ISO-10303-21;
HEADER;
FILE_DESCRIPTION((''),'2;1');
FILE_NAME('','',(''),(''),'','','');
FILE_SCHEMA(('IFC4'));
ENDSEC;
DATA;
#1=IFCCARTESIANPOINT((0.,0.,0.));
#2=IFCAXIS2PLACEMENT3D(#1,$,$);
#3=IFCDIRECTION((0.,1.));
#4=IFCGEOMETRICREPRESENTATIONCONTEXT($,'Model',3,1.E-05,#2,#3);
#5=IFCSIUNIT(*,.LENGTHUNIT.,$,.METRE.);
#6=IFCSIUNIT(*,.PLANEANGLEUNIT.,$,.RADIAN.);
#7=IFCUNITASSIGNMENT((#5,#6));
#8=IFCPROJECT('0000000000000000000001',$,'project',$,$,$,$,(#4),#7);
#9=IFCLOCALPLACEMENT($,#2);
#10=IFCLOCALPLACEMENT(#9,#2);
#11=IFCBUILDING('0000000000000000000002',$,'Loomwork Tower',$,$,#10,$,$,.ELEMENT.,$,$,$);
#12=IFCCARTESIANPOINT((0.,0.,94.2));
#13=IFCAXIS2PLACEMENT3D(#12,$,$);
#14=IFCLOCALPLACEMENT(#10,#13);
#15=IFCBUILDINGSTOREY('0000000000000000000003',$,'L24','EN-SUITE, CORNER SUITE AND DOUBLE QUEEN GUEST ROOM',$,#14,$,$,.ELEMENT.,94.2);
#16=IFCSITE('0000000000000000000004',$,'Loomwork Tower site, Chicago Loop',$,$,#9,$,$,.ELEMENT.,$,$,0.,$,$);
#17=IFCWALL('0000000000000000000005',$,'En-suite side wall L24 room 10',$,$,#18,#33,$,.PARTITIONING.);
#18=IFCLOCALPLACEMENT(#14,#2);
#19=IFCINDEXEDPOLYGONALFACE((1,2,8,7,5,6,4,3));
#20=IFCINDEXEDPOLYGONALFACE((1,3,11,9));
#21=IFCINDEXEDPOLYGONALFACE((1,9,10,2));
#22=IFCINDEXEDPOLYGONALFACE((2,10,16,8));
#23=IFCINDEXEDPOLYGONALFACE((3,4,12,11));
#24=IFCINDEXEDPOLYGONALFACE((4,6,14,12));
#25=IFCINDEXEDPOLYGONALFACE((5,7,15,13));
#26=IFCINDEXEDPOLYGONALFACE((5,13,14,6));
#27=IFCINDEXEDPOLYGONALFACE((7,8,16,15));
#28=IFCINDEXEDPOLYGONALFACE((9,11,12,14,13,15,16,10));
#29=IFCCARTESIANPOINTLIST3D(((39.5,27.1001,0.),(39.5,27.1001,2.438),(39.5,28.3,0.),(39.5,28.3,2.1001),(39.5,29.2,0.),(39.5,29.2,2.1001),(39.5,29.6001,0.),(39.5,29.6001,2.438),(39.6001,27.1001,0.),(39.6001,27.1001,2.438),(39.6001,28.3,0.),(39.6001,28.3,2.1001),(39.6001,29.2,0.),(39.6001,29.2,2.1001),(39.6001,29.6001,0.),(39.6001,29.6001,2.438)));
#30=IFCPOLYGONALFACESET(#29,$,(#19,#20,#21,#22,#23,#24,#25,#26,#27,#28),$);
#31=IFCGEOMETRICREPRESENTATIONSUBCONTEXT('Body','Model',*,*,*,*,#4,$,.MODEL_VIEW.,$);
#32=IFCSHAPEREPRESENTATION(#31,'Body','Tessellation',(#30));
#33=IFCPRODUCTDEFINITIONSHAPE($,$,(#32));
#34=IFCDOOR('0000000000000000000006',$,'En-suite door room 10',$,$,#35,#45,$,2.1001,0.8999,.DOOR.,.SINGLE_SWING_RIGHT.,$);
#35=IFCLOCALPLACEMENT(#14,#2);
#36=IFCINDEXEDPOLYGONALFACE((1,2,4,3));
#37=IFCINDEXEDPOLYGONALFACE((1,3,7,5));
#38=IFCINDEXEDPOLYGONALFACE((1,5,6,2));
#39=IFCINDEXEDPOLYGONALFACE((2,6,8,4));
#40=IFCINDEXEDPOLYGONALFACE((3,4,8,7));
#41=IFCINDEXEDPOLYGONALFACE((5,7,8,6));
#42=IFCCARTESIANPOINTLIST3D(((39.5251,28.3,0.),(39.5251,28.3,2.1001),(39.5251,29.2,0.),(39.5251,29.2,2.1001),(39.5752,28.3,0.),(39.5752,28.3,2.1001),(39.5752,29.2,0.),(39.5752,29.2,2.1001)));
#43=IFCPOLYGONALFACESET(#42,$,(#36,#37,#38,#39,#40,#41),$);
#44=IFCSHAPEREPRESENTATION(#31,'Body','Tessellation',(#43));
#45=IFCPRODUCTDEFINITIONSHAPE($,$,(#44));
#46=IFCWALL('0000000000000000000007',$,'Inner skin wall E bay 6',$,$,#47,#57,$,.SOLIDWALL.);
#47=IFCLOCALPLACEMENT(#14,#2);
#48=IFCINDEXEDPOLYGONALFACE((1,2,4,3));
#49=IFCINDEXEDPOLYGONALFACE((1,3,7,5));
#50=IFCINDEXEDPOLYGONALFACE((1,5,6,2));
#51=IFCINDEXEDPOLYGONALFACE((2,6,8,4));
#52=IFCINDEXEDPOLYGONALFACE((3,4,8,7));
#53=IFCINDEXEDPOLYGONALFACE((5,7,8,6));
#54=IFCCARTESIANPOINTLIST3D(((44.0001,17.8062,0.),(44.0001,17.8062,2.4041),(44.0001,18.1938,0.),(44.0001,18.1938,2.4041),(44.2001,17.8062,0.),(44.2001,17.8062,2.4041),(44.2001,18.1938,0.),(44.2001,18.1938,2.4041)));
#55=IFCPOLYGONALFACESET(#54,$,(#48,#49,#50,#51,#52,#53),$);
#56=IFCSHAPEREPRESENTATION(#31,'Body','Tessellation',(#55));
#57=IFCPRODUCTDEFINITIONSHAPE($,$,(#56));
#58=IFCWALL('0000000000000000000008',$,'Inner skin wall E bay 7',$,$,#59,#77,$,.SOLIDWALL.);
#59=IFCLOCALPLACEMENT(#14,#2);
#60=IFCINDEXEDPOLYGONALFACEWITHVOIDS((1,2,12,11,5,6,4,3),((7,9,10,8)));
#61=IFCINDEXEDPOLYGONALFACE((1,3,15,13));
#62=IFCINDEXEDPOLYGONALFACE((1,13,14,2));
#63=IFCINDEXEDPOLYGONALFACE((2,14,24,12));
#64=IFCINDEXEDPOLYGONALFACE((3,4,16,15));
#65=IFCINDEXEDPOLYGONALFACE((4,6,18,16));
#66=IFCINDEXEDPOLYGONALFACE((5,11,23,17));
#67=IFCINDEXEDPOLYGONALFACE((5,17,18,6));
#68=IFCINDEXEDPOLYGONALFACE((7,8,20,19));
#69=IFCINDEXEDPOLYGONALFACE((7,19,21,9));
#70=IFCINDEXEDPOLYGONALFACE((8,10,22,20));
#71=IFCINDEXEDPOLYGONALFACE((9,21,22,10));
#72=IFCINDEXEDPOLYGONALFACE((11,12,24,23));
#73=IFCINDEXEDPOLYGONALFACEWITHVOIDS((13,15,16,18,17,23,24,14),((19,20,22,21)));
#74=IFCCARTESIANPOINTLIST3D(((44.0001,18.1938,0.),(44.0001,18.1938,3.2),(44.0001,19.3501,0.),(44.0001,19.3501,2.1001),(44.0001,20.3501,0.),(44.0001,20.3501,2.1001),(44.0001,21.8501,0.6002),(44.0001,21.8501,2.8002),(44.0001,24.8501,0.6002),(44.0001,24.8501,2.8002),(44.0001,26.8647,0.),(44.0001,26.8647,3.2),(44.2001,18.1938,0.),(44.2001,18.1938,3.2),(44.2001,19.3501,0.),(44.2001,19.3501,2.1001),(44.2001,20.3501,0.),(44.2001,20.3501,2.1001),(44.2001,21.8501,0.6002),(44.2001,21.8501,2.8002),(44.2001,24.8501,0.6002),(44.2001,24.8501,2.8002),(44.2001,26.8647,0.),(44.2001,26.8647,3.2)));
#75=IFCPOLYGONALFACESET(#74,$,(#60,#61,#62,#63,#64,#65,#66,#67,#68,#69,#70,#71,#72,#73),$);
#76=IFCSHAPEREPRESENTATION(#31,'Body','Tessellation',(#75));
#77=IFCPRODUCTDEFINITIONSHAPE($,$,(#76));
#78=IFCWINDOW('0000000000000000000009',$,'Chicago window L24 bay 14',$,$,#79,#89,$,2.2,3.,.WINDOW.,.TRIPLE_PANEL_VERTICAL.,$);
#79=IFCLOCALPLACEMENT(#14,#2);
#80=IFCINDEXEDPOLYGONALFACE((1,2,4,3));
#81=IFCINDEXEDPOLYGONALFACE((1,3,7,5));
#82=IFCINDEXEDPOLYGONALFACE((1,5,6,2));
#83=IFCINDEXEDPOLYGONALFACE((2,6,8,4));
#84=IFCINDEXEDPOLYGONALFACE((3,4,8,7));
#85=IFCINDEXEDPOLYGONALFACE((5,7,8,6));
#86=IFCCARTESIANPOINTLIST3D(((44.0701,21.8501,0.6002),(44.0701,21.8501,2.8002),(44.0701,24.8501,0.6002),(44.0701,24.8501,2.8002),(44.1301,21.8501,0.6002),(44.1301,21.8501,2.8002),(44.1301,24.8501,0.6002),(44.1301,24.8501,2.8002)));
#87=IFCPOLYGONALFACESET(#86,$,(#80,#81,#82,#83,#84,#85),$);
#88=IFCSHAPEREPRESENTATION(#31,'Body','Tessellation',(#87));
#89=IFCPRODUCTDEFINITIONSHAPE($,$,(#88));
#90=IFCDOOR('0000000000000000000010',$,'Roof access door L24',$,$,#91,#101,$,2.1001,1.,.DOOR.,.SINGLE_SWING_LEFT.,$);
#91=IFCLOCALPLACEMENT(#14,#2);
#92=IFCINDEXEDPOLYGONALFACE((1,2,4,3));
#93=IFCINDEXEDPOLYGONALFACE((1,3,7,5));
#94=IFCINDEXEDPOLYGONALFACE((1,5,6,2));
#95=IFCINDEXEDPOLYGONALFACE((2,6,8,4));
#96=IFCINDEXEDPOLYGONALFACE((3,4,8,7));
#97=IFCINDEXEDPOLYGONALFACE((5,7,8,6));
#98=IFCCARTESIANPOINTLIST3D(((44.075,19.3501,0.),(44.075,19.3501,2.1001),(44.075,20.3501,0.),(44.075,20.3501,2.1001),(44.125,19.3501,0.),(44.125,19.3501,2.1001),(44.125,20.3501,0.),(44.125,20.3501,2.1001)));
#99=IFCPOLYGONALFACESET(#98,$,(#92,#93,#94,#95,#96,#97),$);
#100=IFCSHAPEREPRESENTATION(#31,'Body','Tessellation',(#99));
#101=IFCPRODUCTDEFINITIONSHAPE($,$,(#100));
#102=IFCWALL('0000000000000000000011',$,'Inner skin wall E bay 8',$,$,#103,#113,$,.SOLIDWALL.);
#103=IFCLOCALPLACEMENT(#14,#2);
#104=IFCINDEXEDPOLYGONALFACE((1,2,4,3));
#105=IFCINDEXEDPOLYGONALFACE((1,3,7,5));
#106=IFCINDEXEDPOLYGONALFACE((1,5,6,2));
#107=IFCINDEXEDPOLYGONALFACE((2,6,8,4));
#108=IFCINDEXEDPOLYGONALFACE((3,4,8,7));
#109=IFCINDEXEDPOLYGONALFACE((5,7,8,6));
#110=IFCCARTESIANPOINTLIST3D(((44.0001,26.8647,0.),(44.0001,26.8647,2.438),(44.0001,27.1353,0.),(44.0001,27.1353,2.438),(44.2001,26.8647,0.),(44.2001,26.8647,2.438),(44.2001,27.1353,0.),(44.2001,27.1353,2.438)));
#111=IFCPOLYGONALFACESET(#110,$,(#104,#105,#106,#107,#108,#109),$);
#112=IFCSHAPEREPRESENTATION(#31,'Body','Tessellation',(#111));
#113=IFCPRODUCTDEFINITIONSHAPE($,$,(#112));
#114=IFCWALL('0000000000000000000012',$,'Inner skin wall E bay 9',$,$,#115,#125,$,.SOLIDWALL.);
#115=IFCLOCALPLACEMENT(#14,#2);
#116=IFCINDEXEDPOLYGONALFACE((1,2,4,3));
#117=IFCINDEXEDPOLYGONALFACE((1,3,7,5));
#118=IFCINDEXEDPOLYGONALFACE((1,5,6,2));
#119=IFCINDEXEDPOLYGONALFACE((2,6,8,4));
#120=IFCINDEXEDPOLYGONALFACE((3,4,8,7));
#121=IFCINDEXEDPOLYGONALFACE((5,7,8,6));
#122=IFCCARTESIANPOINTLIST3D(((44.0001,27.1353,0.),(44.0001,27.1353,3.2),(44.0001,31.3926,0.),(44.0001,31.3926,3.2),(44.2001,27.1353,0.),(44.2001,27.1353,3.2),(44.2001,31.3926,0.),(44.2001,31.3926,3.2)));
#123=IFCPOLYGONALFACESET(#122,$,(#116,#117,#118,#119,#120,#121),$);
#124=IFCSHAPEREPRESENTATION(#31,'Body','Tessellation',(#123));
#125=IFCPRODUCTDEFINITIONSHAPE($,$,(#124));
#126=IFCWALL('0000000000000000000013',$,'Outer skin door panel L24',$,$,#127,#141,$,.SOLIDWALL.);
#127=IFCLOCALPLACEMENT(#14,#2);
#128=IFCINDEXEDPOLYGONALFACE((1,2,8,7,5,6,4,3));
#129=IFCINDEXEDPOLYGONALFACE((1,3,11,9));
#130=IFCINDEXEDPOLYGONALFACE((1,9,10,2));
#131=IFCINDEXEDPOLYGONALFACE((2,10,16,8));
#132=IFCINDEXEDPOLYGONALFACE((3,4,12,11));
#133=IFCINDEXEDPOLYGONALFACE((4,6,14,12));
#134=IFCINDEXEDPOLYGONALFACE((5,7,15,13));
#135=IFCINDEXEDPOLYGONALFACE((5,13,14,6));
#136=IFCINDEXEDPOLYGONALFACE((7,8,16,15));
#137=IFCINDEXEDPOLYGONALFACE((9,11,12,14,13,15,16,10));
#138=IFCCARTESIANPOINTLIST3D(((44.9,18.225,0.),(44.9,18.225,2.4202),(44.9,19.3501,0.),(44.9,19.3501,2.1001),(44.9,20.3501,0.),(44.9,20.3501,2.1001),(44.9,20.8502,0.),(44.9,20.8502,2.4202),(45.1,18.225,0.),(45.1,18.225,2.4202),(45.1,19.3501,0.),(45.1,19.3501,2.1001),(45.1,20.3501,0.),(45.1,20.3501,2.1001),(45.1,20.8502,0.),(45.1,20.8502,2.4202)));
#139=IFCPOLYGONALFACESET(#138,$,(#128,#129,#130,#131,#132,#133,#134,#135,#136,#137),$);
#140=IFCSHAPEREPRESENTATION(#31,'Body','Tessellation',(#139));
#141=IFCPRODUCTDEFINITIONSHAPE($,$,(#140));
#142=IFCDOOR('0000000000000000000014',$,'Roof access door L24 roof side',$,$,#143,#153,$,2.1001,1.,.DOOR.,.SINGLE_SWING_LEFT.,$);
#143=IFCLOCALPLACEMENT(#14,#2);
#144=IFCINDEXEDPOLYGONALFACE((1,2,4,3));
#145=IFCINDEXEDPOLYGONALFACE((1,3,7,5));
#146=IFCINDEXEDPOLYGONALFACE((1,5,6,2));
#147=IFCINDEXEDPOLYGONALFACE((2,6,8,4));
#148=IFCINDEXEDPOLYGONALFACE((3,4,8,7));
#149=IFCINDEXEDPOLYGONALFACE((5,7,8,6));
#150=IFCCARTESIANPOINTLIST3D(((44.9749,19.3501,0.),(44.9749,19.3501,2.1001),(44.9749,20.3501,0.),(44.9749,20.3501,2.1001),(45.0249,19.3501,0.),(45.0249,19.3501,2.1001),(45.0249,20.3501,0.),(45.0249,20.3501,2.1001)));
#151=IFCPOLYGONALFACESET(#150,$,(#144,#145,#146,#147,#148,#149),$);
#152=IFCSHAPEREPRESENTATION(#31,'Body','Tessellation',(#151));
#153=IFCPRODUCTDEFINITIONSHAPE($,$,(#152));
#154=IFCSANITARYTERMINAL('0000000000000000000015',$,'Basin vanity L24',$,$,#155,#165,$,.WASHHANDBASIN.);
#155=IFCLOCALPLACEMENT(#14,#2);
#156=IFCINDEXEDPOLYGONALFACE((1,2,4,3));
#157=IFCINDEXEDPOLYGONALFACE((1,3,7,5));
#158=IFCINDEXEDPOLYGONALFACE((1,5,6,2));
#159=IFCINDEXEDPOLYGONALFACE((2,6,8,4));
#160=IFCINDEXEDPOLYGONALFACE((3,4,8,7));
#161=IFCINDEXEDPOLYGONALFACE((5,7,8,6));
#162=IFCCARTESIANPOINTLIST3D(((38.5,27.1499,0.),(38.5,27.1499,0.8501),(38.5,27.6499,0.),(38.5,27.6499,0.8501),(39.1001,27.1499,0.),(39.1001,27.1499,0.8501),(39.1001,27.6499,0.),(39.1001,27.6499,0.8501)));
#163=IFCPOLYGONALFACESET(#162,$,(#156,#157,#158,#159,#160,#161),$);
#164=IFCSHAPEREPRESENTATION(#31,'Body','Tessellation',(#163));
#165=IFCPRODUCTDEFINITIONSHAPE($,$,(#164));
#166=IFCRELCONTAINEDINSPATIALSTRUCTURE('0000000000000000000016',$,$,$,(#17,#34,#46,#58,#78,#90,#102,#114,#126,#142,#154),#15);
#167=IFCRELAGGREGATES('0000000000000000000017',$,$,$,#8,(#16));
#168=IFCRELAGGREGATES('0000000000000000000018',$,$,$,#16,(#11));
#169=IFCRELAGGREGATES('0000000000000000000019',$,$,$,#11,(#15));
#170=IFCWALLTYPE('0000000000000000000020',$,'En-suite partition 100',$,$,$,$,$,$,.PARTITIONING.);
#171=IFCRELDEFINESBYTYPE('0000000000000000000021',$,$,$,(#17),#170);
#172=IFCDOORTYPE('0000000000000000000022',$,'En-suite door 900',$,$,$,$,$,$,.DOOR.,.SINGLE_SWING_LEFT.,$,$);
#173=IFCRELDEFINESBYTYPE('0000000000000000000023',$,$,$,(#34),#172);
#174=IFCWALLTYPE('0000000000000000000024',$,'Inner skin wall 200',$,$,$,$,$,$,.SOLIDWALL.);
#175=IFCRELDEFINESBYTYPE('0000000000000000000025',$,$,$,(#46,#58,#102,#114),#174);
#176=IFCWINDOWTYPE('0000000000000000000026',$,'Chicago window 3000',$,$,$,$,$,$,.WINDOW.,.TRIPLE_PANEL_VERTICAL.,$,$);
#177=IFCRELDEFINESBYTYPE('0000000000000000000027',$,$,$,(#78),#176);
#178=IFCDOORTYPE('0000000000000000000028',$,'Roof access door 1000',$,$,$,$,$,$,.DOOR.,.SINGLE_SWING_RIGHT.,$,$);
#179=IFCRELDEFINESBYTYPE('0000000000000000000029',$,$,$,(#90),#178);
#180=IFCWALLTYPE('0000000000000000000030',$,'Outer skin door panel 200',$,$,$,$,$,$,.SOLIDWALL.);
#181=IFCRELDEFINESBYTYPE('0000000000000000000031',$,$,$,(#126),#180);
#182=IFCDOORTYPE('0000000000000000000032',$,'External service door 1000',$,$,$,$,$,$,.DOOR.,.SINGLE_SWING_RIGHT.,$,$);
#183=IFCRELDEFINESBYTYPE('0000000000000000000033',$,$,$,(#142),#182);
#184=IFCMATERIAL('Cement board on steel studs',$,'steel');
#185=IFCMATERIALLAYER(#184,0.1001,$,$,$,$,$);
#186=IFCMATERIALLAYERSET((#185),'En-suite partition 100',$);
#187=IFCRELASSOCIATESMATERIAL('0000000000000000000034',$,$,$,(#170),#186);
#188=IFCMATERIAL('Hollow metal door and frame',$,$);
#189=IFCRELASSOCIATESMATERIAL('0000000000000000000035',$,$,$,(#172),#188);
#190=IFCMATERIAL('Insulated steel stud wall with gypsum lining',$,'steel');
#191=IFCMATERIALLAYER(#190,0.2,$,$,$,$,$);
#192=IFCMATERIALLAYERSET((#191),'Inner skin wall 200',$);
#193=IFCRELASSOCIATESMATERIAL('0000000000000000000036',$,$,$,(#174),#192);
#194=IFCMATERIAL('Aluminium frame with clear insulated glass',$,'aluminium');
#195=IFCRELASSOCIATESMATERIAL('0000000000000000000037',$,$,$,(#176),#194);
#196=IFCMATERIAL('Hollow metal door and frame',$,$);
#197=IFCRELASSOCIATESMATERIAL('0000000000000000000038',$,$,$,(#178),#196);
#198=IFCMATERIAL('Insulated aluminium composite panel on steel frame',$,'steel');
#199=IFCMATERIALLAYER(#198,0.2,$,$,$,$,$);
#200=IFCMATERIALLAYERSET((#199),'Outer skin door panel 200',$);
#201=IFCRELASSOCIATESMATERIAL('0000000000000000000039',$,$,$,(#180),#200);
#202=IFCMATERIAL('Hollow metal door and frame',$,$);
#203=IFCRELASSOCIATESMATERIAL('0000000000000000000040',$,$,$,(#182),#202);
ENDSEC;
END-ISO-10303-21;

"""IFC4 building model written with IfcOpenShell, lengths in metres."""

from ifc_helpers import new_model, si_unit, direction, frame, frame_2d, origin, origin_2d, place, context, subcontext, project, spatial, rectangle, extrude, material, layer, layer_set, type_object, element, fill, save


model = new_model("IFC4")

# Units and contexts
model_context = context("Model", 3, precision=1e-05, world=origin(), true_north=direction((0.0, 1.0)))
body_context = subcontext(model_context, "Body", "Model", "MODEL_VIEW")
ifc_project = project(units=[si_unit("LENGTHUNIT", "METRE"), si_unit("PLANEANGLEUNIT", "RADIAN")], contexts=[model_context])

# Site, building, storey
site_placement = place(None, origin())
site = spatial("IfcSite", under=ifc_project, at=site_placement, Name="Loomwork Tower site, Chicago Loop", CompositionType="ELEMENT", RefElevation=0.0)
building_placement = place(site_placement, origin())
building = spatial("IfcBuilding", under=site, at=building_placement, Name="Loomwork Tower", CompositionType="ELEMENT")
storey_placement = place(building_placement, frame((0.0, 0.0, 94.2)))
storey = spatial("IfcBuildingStorey", under=building, at=storey_placement, Name="L24", Description="EN-SUITE, CORNER SUITE AND DOUBLE QUEEN GUEST ROOM", CompositionType="ELEMENT", Elevation=94.2)

# Wall, opening, door
ifc_material_1 = material(Name="Cement board on steel studs", Category="steel")
ifc_layer_1 = layer(ifc_material_1, 0.1001)
ifc_layer_set_1 = layer_set([ifc_layer_1], Name="En-suite partition 100")
wall_type_1 = type_object("IfcWallType", Name="En-suite partition 100", PredefinedType="PARTITIONING", material=ifc_layer_set_1)
wall_1_placement = place(storey_placement, frame((39.55, 27.1001, 0.0), z_axis=(0.0, 0.0, 1.0), x_axis=(0.0, 1.0, 0.0)))
wall_1 = element("IfcWall", 1, at=wall_1_placement, inside=storey, type_object=wall_type_1, Name="En-suite side wall L24 room 10", PredefinedType="PARTITIONING", context=body_context, shape_type="SweptSolid", body=[
    extrude(rectangle(XDim=2.5, YDim=0.1001, at=frame_2d((1.25, 0.0))), origin(), (0.0, 0.0, 1.0), 2.438),
])
opening_1_placement = place(wall_1_placement, frame((1.2, 0.0, 0.0)))
opening_1 = element("IfcOpeningElement", 2, at=opening_1_placement, cuts=wall_1, PredefinedType="OPENING", context=body_context, shape_type="SweptSolid", body=[
    extrude(rectangle(XDim=0.8999, YDim=2.1001, at=frame_2d((0.45, 1.05))), frame((0.0, 0.0601, 0.0), z_axis=(0.0, -1.0, 0.0), x_axis=(1.0, 0.0, 0.0)), (0.0, 0.0, 1.0), 0.1201),
])
ifc_material_2 = material(Name="Hollow metal door and frame")
door_type_1 = type_object("IfcDoorType", Name="En-suite door 900", OperationType="SINGLE_SWING_LEFT", PredefinedType="DOOR", material=ifc_material_2)
door_1_placement = place(opening_1_placement, origin())
door_1 = element("IfcDoor", 3, at=door_1_placement, inside=storey, type_object=door_type_1, Name="En-suite door room 10", OperationType="SINGLE_SWING_RIGHT", OverallHeight=2.1001, OverallWidth=0.8999, PredefinedType="DOOR", context=body_context, shape_type="SweptSolid", body=[
    extrude(rectangle(XDim=0.8999, YDim=2.1001, at=frame_2d((0.45, 1.05))), frame((0.0, 0.0249, 0.0), z_axis=(0.0, -1.0, 0.0), x_axis=(1.0, 0.0, 0.0)), (0.0, 0.0, 1.0), 0.05),
])
fill(opening_1, door_1)

# Wall
ifc_material_3 = material(Name="Insulated steel stud wall with gypsum lining", Category="steel")
ifc_layer_2 = layer(ifc_material_3, 0.2)
ifc_layer_set_2 = layer_set([ifc_layer_2], Name="Inner skin wall 200")
wall_type_2 = type_object("IfcWallType", Name="Inner skin wall 200", PredefinedType="SOLIDWALL", material=ifc_layer_set_2)
wall_2_placement = place(storey_placement, frame((44.1001, 17.8062, 0.0), z_axis=(0.0, 0.0, 1.0), x_axis=(0.0, 1.0, 0.0)))
element("IfcWall", 4, at=wall_2_placement, inside=storey, type_object=wall_type_2, Name="Inner skin wall E bay 6", PredefinedType="SOLIDWALL", context=body_context, shape_type="SweptSolid", body=[
    extrude(rectangle(XDim=0.3877, YDim=0.2, at=frame_2d((0.1938, 0.0))), origin(), (0.0, 0.0, 1.0), 2.4041),
])

# Wall, openings, window, door
wall_3_placement = place(storey_placement, frame((44.1001, 18.1938, 0.0), z_axis=(0.0, 0.0, 1.0), x_axis=(0.0, 1.0, 0.0)))
wall_3 = element("IfcWall", 5, at=wall_3_placement, inside=storey, type_object=wall_type_2, Name="Inner skin wall E bay 7", PredefinedType="SOLIDWALL", context=body_context, shape_type="SweptSolid", body=[
    extrude(rectangle(XDim=8.6709, YDim=0.2, at=frame_2d((4.3354, 0.0))), origin(), (0.0, 0.0, 1.0), 3.2),
])
opening_2_placement = place(wall_3_placement, frame((3.6562, 0.0, 0.6001)))
opening_2 = element("IfcOpeningElement", 6, at=opening_2_placement, cuts=wall_3, PredefinedType="OPENING", context=body_context, shape_type="SweptSolid", body=[
    extrude(rectangle(XDim=3.0, YDim=2.2, at=frame_2d((1.5, 1.1001))), frame((0.0, 0.1099, 0.0), z_axis=(0.0, -1.0, 0.0), x_axis=(1.0, 0.0, 0.0)), (0.0, 0.0, 1.0), 0.22),
])
opening_3_placement = place(wall_3_placement, frame((1.1562, 0.0, 0.0)))
opening_3 = element("IfcOpeningElement", 7, at=opening_3_placement, cuts=wall_3, PredefinedType="OPENING", context=body_context, shape_type="SweptSolid", body=[
    extrude(rectangle(XDim=1.0, YDim=2.1001, at=frame_2d((0.5, 1.05))), frame((0.0, 0.1099, 0.0), z_axis=(0.0, -1.0, 0.0), x_axis=(1.0, 0.0, 0.0)), (0.0, 0.0, 1.0), 0.22),
])
ifc_material_4 = material(Name="Aluminium frame with clear insulated glass", Category="aluminium")
window_type = type_object("IfcWindowType", Name="Chicago window 3000", PartitioningType="TRIPLE_PANEL_VERTICAL", PredefinedType="WINDOW", material=ifc_material_4)
window_placement = place(opening_2_placement, origin())
window = element("IfcWindow", 8, at=window_placement, inside=storey, type_object=window_type, Name="Chicago window L24 bay 14", OverallHeight=2.2, OverallWidth=3.0, PartitioningType="TRIPLE_PANEL_VERTICAL", PredefinedType="WINDOW", context=body_context, shape_type="SweptSolid", body=[
    extrude(rectangle(XDim=3.0, YDim=2.2, at=frame_2d((1.5, 1.1001))), frame((0.0, 0.03, 0.0), z_axis=(0.0, -1.0, 0.0), x_axis=(1.0, 0.0, 0.0)), (0.0, 0.0, 1.0), 0.0601),
])
fill(opening_2, window)
ifc_material_5 = material(Name="Hollow metal door and frame")
door_type_2 = type_object("IfcDoorType", Name="Roof access door 1000", OperationType="SINGLE_SWING_RIGHT", PredefinedType="DOOR", material=ifc_material_5)
door_2_placement = place(opening_3_placement, frame((1.0, 0.0, 0.0), z_axis=(0.0, 0.0, 1.0), x_axis=(-1.0, 0.0, 0.0)))
door_2 = element("IfcDoor", 9, at=door_2_placement, inside=storey, type_object=door_type_2, Name="Roof access door L24", OperationType="SINGLE_SWING_LEFT", OverallHeight=2.1001, OverallWidth=1.0, PredefinedType="DOOR", context=body_context, shape_type="SweptSolid", body=[
    extrude(rectangle(XDim=1.0, YDim=2.1001, at=frame_2d((0.5, 1.05))), frame((0.0, 0.0249, 0.0), z_axis=(0.0, -1.0, 0.0), x_axis=(1.0, 0.0, 0.0)), (0.0, 0.0, 1.0), 0.05),
])
fill(opening_3, door_2)

# Walls
wall_4_placement = place(storey_placement, frame((44.1001, 26.8647, 0.0), z_axis=(0.0, 0.0, 1.0), x_axis=(0.0, 1.0, 0.0)))
element("IfcWall", 10, at=wall_4_placement, inside=storey, type_object=wall_type_2, Name="Inner skin wall E bay 8", PredefinedType="SOLIDWALL", context=body_context, shape_type="SweptSolid", body=[
    extrude(rectangle(XDim=0.2705, YDim=0.2, at=frame_2d((0.1353, 0.0))), origin(), (0.0, 0.0, 1.0), 2.438),
])
wall_5_placement = place(storey_placement, frame((44.1001, 27.1353, 0.0), z_axis=(0.0, 0.0, 1.0), x_axis=(0.0, 1.0, 0.0)))
element("IfcWall", 11, at=wall_5_placement, inside=storey, type_object=wall_type_2, Name="Inner skin wall E bay 9", PredefinedType="SOLIDWALL", context=body_context, shape_type="SweptSolid", body=[
    extrude(rectangle(XDim=4.2573, YDim=0.2, at=frame_2d((2.1287, 0.0))), origin(), (0.0, 0.0, 1.0), 3.2),
])

# Wall, opening, door
ifc_material_6 = material(Name="Insulated aluminium composite panel on steel frame", Category="steel")
ifc_layer_3 = layer(ifc_material_6, 0.2)
ifc_layer_set_3 = layer_set([ifc_layer_3], Name="Outer skin door panel 200")
wall_type_3 = type_object("IfcWallType", Name="Outer skin door panel 200", PredefinedType="SOLIDWALL", material=ifc_layer_set_3)
wall_6_placement = place(storey_placement, frame((45.0, 20.8501, 0.0), z_axis=(0.0, 0.0, 1.0), x_axis=(0.0, -1.0, 0.0)))
wall_6 = element("IfcWall", 12, at=wall_6_placement, inside=storey, type_object=wall_type_3, Name="Outer skin door panel L24", PredefinedType="SOLIDWALL", context=body_context, shape_type="SweptSolid", body=[
    extrude(rectangle(XDim=2.6252, YDim=0.2, at=frame_2d((1.3125, 0.0))), origin(), (0.0, 0.0, 1.0), 2.4202),
])
opening_4_placement = place(wall_6_placement, frame((0.5, 0.0, 0.0)))
opening_4 = element("IfcOpeningElement", 13, at=opening_4_placement, cuts=wall_6, PredefinedType="OPENING", context=body_context, shape_type="SweptSolid", body=[
    extrude(rectangle(XDim=1.0, YDim=2.1001, at=frame_2d((0.5, 1.05))), frame((0.0, 0.1099, 0.0), z_axis=(0.0, -1.0, 0.0), x_axis=(1.0, 0.0, 0.0)), (0.0, 0.0, 1.0), 0.22),
])
ifc_material_7 = material(Name="Hollow metal door and frame")
door_type_3 = type_object("IfcDoorType", Name="External service door 1000", OperationType="SINGLE_SWING_RIGHT", PredefinedType="DOOR", material=ifc_material_7)
door_3_placement = place(opening_4_placement, origin())
door_3 = element("IfcDoor", 14, at=door_3_placement, inside=storey, type_object=door_type_3, Name="Roof access door L24 roof side", OperationType="SINGLE_SWING_LEFT", OverallHeight=2.1001, OverallWidth=1.0, PredefinedType="DOOR", context=body_context, shape_type="SweptSolid", body=[
    extrude(rectangle(XDim=1.0, YDim=2.1001, at=frame_2d((0.5, 1.05))), frame((0.0, 0.0249, 0.0), z_axis=(0.0, -1.0, 0.0), x_axis=(1.0, 0.0, 0.0)), (0.0, 0.0, 1.0), 0.05),
])
fill(opening_4, door_3)

# Sanitary terminal
sanitary_terminal_placement = place(storey_placement, frame((38.8, 27.3999, 0.0), z_axis=(0.0, 0.0, 1.0), x_axis=(1.0, 0.0, 0.0)))
element("IfcSanitaryTerminal", 15, at=sanitary_terminal_placement, inside=storey, Name="Basin vanity L24", PredefinedType="WASHHANDBASIN", context=body_context, shape_type="SweptSolid", body=[
    extrude(rectangle(XDim=0.6001, YDim=0.5, at=origin_2d()), origin(), (0.0, 0.0, 1.0), 0.8501),
])

save(model, "model.ifc")
